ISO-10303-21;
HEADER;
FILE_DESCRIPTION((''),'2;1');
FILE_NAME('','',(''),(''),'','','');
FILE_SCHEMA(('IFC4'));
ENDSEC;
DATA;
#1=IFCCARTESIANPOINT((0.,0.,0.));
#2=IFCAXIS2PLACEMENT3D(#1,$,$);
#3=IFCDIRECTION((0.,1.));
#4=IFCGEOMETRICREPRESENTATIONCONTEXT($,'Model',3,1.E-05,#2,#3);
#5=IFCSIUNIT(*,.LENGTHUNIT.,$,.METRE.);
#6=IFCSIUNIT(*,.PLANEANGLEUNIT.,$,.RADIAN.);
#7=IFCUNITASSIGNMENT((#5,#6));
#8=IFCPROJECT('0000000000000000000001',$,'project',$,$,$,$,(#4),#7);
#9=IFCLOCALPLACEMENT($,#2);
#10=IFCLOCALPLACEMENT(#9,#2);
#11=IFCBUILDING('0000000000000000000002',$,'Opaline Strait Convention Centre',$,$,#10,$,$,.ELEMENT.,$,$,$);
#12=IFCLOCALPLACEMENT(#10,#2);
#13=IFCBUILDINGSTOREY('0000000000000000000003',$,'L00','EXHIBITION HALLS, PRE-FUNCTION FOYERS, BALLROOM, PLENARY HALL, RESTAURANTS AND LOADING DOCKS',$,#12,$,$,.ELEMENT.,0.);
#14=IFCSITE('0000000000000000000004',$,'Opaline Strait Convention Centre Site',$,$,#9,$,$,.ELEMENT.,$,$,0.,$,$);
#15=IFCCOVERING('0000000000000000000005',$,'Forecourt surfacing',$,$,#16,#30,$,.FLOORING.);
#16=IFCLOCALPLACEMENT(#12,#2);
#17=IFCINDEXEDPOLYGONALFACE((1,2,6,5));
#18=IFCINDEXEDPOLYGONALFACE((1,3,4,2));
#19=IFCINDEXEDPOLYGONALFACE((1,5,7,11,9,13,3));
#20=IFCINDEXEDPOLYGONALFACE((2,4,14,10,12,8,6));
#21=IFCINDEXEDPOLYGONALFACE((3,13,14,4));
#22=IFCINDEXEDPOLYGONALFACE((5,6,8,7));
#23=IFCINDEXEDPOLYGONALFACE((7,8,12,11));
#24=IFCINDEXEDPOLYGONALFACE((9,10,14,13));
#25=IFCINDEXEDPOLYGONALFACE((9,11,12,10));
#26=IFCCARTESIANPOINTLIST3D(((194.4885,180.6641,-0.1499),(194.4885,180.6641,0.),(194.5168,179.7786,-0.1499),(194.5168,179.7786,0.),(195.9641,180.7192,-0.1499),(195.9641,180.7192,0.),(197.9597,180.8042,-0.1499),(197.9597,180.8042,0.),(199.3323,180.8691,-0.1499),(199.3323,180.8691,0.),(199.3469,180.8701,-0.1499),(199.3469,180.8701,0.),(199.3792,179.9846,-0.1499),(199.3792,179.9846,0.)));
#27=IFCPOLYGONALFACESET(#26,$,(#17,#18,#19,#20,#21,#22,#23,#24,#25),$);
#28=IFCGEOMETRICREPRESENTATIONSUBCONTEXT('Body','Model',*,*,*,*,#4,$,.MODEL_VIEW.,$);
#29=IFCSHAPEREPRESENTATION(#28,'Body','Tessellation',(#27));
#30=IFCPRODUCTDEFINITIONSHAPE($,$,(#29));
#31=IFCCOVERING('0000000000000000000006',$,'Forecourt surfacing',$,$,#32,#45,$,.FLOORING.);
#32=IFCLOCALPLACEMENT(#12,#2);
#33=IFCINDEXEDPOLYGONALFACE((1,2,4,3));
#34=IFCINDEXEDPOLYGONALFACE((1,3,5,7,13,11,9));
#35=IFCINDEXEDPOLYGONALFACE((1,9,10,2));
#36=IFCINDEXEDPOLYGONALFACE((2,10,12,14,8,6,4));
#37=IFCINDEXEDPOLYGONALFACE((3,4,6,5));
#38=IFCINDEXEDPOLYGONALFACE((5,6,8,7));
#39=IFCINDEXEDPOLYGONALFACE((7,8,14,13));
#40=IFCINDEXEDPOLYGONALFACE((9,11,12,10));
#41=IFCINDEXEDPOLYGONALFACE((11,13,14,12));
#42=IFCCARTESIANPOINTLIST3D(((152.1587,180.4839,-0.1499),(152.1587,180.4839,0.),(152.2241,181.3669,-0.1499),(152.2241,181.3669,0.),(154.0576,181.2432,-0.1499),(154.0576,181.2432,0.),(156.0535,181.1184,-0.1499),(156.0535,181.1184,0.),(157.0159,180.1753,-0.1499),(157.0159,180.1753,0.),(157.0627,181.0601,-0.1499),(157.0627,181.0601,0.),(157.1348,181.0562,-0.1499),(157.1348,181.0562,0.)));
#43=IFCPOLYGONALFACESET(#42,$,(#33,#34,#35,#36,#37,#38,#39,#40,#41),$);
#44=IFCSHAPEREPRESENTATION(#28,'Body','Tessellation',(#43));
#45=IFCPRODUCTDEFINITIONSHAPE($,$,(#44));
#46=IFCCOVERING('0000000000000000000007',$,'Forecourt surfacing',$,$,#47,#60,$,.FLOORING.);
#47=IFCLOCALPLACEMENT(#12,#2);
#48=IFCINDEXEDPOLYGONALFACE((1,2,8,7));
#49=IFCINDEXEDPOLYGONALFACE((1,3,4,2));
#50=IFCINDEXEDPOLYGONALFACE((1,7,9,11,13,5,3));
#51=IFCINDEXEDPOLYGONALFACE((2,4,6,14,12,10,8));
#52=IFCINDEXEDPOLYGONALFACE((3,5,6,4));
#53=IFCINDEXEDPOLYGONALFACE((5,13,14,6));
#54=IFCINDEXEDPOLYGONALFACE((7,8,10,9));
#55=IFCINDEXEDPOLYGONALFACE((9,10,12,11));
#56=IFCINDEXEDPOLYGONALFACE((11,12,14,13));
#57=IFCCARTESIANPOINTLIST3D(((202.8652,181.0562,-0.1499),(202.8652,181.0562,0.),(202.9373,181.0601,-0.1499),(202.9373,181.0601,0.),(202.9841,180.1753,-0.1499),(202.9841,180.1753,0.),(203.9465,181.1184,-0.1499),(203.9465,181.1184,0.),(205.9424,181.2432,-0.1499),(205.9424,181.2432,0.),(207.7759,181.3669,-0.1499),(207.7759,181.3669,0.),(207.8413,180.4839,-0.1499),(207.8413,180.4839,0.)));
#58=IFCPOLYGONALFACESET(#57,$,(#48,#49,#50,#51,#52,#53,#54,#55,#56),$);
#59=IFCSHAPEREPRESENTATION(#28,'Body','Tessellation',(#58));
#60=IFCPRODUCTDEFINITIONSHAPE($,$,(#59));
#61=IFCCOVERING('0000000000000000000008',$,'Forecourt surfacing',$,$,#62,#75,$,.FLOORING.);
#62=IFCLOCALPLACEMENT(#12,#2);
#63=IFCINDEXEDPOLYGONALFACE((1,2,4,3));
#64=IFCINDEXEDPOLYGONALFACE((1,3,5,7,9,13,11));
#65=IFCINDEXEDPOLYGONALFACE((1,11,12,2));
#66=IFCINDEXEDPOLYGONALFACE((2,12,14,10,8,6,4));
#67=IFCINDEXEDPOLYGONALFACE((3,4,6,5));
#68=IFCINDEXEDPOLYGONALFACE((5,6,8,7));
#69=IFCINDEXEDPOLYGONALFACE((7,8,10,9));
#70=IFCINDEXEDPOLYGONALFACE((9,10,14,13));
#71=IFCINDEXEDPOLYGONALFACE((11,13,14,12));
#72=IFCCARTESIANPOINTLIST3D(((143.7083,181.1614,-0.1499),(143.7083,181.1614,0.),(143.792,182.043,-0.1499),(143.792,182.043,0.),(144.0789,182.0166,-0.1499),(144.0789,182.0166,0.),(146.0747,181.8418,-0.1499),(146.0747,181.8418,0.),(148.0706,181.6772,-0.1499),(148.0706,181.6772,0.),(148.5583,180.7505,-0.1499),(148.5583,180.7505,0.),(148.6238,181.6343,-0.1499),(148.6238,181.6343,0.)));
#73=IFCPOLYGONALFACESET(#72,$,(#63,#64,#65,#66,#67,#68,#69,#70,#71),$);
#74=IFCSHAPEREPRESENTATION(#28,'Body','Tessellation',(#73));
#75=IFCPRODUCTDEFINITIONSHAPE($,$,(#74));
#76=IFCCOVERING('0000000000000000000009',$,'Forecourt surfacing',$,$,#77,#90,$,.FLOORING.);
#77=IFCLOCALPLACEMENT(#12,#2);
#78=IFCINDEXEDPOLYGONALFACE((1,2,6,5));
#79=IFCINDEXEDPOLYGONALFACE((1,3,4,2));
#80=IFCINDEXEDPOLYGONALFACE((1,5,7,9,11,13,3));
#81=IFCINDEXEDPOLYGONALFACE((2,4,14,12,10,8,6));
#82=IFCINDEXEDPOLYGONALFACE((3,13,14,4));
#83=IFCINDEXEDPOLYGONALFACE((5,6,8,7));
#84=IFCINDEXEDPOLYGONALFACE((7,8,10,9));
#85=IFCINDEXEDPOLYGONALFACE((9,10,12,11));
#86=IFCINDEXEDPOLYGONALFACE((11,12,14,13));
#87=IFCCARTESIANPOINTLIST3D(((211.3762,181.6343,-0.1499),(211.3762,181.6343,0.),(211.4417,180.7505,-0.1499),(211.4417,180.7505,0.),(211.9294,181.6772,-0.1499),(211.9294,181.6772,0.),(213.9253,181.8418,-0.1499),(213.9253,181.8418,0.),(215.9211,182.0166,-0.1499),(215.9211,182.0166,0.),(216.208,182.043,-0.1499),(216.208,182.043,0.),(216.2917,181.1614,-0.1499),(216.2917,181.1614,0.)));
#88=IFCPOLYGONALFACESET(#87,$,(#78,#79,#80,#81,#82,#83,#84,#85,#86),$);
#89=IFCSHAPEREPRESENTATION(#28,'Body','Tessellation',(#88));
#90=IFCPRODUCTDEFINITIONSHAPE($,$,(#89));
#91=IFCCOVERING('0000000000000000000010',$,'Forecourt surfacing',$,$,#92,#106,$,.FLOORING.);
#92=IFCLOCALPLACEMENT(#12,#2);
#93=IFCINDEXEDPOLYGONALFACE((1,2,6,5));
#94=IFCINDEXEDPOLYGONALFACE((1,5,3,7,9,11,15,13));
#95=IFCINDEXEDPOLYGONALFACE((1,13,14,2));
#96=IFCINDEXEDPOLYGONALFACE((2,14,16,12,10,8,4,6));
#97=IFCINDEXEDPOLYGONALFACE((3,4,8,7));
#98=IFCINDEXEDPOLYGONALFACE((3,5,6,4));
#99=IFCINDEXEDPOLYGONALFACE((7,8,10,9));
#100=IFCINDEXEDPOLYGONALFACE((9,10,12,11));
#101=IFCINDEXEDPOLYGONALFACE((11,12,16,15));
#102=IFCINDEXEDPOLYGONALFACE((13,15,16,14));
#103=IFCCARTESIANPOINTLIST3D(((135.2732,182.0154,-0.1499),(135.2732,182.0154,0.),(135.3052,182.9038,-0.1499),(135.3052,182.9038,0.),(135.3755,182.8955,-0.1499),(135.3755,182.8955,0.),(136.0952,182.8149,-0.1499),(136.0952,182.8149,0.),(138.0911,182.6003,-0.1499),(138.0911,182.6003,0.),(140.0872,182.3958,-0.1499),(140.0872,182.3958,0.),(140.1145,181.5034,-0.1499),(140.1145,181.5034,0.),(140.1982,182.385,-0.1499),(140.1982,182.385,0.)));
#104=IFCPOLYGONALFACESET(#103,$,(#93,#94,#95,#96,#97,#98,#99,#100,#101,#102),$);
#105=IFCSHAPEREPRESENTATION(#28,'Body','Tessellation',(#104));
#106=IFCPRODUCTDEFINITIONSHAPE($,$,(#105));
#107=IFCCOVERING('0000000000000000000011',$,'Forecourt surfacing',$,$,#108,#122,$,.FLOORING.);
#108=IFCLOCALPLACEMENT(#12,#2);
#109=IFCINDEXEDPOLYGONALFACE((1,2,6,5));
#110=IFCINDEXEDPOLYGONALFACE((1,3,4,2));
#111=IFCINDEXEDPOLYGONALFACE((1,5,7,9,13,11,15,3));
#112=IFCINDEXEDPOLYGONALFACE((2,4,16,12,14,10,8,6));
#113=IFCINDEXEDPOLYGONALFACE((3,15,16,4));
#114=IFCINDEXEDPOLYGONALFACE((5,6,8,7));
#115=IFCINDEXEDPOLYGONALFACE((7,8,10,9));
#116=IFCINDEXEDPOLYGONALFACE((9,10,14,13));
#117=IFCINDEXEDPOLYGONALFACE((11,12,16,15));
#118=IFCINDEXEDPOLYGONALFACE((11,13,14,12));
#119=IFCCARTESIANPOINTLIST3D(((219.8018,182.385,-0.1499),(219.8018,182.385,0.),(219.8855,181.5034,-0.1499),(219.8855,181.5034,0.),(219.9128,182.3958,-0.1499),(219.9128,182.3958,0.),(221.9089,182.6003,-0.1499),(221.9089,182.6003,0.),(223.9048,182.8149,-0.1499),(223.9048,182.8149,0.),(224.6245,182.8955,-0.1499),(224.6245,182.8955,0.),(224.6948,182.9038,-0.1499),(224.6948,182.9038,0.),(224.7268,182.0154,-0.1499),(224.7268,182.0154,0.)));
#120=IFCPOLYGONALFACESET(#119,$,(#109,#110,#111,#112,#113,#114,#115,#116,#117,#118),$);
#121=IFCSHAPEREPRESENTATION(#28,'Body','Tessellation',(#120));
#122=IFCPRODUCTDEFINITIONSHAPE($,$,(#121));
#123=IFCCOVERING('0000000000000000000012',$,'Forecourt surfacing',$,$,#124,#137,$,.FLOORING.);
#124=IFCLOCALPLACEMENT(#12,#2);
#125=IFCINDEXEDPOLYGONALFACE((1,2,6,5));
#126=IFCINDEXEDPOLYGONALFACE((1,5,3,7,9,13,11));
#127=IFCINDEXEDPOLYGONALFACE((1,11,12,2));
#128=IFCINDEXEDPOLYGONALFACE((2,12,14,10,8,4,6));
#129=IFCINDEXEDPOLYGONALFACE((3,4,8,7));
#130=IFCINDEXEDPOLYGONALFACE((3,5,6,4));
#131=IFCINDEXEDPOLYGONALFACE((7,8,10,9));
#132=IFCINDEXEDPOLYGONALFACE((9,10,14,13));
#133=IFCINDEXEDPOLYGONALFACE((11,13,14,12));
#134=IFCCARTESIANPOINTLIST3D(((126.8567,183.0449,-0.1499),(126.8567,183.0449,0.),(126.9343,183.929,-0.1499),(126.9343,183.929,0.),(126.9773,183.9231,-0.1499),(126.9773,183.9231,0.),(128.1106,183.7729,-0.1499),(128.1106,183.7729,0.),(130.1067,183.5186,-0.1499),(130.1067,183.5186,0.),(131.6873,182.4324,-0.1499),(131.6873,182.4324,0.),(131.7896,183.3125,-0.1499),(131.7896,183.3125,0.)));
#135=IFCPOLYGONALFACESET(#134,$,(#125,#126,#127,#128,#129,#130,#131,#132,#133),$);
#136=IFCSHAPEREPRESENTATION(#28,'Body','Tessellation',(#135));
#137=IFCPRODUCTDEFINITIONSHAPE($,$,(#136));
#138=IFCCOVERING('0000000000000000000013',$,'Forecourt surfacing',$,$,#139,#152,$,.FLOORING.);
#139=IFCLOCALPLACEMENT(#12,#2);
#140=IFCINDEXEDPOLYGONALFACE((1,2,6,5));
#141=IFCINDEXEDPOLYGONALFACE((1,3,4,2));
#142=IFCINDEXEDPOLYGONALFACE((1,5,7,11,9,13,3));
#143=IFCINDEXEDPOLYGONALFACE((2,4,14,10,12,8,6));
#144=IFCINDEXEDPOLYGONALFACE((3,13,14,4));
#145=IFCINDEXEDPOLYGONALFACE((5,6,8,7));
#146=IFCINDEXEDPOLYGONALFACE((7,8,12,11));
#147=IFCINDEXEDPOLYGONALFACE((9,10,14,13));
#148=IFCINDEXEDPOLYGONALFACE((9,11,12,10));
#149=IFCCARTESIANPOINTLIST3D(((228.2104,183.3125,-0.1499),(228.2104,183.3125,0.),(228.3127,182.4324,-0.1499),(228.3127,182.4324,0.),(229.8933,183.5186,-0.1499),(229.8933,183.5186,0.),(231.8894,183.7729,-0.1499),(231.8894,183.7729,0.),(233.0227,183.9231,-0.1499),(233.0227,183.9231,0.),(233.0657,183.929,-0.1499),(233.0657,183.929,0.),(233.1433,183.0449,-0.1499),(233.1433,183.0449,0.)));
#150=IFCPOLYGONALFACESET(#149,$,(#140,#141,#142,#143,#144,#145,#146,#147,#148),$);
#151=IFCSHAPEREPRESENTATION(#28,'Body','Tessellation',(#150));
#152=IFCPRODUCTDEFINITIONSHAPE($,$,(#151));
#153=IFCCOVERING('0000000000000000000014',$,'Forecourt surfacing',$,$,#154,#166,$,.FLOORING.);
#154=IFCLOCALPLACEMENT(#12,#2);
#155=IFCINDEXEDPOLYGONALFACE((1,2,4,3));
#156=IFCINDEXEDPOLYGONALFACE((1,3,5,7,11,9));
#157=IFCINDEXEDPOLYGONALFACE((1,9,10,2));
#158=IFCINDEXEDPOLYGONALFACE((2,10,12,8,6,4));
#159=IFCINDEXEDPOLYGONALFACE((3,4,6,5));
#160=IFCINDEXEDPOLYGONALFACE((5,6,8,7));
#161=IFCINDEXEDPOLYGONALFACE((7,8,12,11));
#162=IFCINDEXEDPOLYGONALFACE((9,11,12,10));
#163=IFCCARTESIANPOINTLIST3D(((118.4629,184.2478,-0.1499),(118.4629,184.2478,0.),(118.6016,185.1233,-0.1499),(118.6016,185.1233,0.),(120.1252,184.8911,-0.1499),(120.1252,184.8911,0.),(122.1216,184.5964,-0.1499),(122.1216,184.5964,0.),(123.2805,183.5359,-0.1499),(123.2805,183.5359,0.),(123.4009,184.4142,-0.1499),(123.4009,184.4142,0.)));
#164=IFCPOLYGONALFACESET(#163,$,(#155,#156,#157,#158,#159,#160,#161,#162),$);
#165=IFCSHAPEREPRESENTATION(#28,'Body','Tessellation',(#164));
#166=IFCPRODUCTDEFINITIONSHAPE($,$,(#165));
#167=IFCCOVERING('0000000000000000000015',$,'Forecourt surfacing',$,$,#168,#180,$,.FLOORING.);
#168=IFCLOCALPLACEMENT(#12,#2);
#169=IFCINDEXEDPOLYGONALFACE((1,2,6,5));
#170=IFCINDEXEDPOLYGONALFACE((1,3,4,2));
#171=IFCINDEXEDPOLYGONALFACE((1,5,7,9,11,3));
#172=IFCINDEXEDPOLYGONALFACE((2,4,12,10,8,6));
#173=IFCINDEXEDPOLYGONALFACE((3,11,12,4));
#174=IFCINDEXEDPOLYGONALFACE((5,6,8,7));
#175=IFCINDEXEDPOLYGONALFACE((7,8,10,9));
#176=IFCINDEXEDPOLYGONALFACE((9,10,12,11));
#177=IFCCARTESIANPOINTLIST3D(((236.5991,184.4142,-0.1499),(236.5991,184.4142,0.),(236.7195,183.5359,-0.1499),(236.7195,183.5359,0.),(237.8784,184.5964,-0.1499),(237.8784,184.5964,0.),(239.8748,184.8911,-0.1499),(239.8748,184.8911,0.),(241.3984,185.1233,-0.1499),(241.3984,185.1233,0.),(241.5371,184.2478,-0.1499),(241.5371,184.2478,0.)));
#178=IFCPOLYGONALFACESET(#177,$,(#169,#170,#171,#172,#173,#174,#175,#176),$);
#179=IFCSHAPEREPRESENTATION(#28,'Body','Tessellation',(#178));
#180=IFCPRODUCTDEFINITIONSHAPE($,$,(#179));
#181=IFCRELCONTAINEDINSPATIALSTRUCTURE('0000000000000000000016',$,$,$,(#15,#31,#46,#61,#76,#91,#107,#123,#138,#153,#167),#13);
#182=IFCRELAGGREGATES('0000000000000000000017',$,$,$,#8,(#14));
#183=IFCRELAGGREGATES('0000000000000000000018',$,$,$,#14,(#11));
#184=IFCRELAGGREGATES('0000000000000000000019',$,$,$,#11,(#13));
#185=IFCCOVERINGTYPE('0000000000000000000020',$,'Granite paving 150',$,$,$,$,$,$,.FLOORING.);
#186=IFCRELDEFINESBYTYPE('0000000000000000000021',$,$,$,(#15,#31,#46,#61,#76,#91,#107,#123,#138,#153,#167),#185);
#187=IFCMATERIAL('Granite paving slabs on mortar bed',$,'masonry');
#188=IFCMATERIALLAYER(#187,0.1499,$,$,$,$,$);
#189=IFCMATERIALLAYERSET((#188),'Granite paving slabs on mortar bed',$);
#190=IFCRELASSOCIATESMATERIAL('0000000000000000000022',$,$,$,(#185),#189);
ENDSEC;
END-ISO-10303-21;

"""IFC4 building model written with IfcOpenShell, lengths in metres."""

from ifc_helpers import new_model, si_unit, direction, frame, origin, place, context, subcontext, project, spatial, polyline, outline, extrude, material, layer, layer_set, type_object, element, save


model = new_model("IFC4")

# Units and contexts
model_context = context("Model", 3, precision=1e-05, world=origin(), true_north=direction((0.0, 1.0)))
body_context = subcontext(model_context, "Body", "Model", "MODEL_VIEW")
ifc_project = project(units=[si_unit("LENGTHUNIT", "METRE"), si_unit("PLANEANGLEUNIT", "RADIAN")], contexts=[model_context])

# Site, building, storey
site_placement = place(None, origin())
site = spatial("IfcSite", under=ifc_project, at=site_placement, Name="Opaline Strait Convention Centre Site", CompositionType="ELEMENT", RefElevation=0.0)
building_placement = place(site_placement, origin())
building = spatial("IfcBuilding", under=site, at=building_placement, Name="Opaline Strait Convention Centre", CompositionType="ELEMENT")
storey_placement = place(building_placement, origin())
storey = spatial("IfcBuildingStorey", under=building, at=storey_placement, Name="L00", Description="EXHIBITION HALLS, PRE-FUNCTION FOYERS, BALLROOM, PLENARY HALL, RESTAURANTS AND LOADING DOCKS", CompositionType="ELEMENT", Elevation=0.0)

# Coverings
ifc_material = material(Name="Granite paving slabs on mortar bed", Category="masonry")
ifc_layer = layer(ifc_material, 0.1499)
ifc_layer_set = layer_set([ifc_layer], Name="Granite paving slabs on mortar bed")
covering_type = type_object("IfcCoveringType", Name="Granite paving 150", PredefinedType="FLOORING", material=ifc_layer_set)
covering_1_placement = place(storey_placement, frame((0.0, 0.0, -0.1499)))
element("IfcCovering", 1, at=covering_1_placement, inside=storey, type_object=covering_type, Name="Forecourt surfacing", PredefinedType="FLOORING", context=body_context, shape_type="SweptSolid", body=[
    extrude(outline(polyline([(194.4885, 180.6641), (194.5168, 179.7786), (199.3792, 179.9846), (199.3323, 180.8691), (199.3469, 180.8701), (197.9597, 180.8042), (195.9641, 180.7192), (194.4885, 180.6641)])), origin(), (0.0, 0.0, 1.0), 0.1499),
])
covering_2_placement = place(storey_placement, frame((0.0, 0.0, -0.1499)))
element("IfcCovering", 2, at=covering_2_placement, inside=storey, type_object=covering_type, Name="Forecourt surfacing", PredefinedType="FLOORING", context=body_context, shape_type="SweptSolid", body=[
    extrude(outline(polyline([(152.2241, 181.3669), (152.1587, 180.4839), (157.0159, 180.1753), (157.0627, 181.0601), (157.1348, 181.0562), (156.0535, 181.1184), (154.0576, 181.2432), (152.2241, 181.3669)])), origin(), (0.0, 0.0, 1.0), 0.1499),
])
covering_3_placement = place(storey_placement, frame((0.0, 0.0, -0.1499)))
element("IfcCovering", 3, at=covering_3_placement, inside=storey, type_object=covering_type, Name="Forecourt surfacing", PredefinedType="FLOORING", context=body_context, shape_type="SweptSolid", body=[
    extrude(outline(polyline([(202.9373, 181.0601), (202.9841, 180.1753), (207.8413, 180.4839), (207.7759, 181.3669), (205.9424, 181.2432), (203.9465, 181.1184), (202.8652, 181.0562), (202.9373, 181.0601)])), origin(), (0.0, 0.0, 1.0), 0.1499),
])
covering_4_placement = place(storey_placement, frame((0.0, 0.0, -0.1499)))
element("IfcCovering", 4, at=covering_4_placement, inside=storey, type_object=covering_type, Name="Forecourt surfacing", PredefinedType="FLOORING", context=body_context, shape_type="SweptSolid", body=[
    extrude(outline(polyline([(143.792, 182.043), (143.7083, 181.1614), (148.5583, 180.7505), (148.6238, 181.6343), (148.0706, 181.6772), (146.0747, 181.8418), (144.0789, 182.0166), (143.792, 182.043)])), origin(), (0.0, 0.0, 1.0), 0.1499),
])
covering_5_placement = place(storey_placement, frame((0.0, 0.0, -0.1499)))
element("IfcCovering", 5, at=covering_5_placement, inside=storey, type_object=covering_type, Name="Forecourt surfacing", PredefinedType="FLOORING", context=body_context, shape_type="SweptSolid", body=[
    extrude(outline(polyline([(211.3762, 181.6343), (211.4417, 180.7505), (216.2917, 181.1614), (216.208, 182.043), (215.9211, 182.0166), (213.9253, 181.8418), (211.9294, 181.6772), (211.3762, 181.6343)])), origin(), (0.0, 0.0, 1.0), 0.1499),
])
covering_6_placement = place(storey_placement, frame((0.0, 0.0, -0.1499)))
element("IfcCovering", 6, at=covering_6_placement, inside=storey, type_object=covering_type, Name="Forecourt surfacing", PredefinedType="FLOORING", context=body_context, shape_type="SweptSolid", body=[
    extrude(outline(polyline([(135.3755, 182.8955), (135.2732, 182.0154), (140.1145, 181.5034), (140.1982, 182.385), (140.0872, 182.3958), (138.0911, 182.6003), (136.0952, 182.8149), (135.3052, 182.9038), (135.3755, 182.8955)])), origin(), (0.0, 0.0, 1.0), 0.1499),
])
covering_7_placement = place(storey_placement, frame((0.0, 0.0, -0.1499)))
element("IfcCovering", 7, at=covering_7_placement, inside=storey, type_object=covering_type, Name="Forecourt surfacing", PredefinedType="FLOORING", context=body_context, shape_type="SweptSolid", body=[
    extrude(outline(polyline([(219.8018, 182.385), (219.8855, 181.5034), (224.7268, 182.0154), (224.6245, 182.8955), (224.6948, 182.9038), (223.9048, 182.8149), (221.9089, 182.6003), (219.9128, 182.3958), (219.8018, 182.385)])), origin(), (0.0, 0.0, 1.0), 0.1499),
])
covering_8_placement = place(storey_placement, frame((0.0, 0.0, -0.1499)))
element("IfcCovering", 8, at=covering_8_placement, inside=storey, type_object=covering_type, Name="Forecourt surfacing", PredefinedType="FLOORING", context=body_context, shape_type="SweptSolid", body=[
    extrude(outline(polyline([(126.9773, 183.9231), (126.8567, 183.0449), (131.6873, 182.4324), (131.7896, 183.3125), (130.1067, 183.5186), (128.1106, 183.7729), (126.9343, 183.929), (126.9773, 183.9231)])), origin(), (0.0, 0.0, 1.0), 0.1499),
])
covering_9_placement = place(storey_placement, frame((0.0, 0.0, -0.1499)))
element("IfcCovering", 9, at=covering_9_placement, inside=storey, type_object=covering_type, Name="Forecourt surfacing", PredefinedType="FLOORING", context=body_context, shape_type="SweptSolid", body=[
    extrude(outline(polyline([(228.2104, 183.3125), (228.3127, 182.4324), (233.1433, 183.0449), (233.0227, 183.9231), (233.0657, 183.929), (231.8894, 183.7729), (229.8933, 183.5186), (228.2104, 183.3125)])), origin(), (0.0, 0.0, 1.0), 0.1499),
])
covering_10_placement = place(storey_placement, frame((0.0, 0.0, -0.1499)))
element("IfcCovering", 10, at=covering_10_placement, inside=storey, type_object=covering_type, Name="Forecourt surfacing", PredefinedType="FLOORING", context=body_context, shape_type="SweptSolid", body=[
    extrude(outline(polyline([(118.6016, 185.1233), (118.4629, 184.2478), (123.2805, 183.5359), (123.4009, 184.4141), (123.4341, 184.4094), (122.1216, 184.5964), (120.1252, 184.8911), (118.6016, 185.1233)])), origin(), (0.0, 0.0, 1.0), 0.1499),
])
covering_11_placement = place(storey_placement, frame((0.0, 0.0, -0.1499)))
element("IfcCovering", 11, at=covering_11_placement, inside=storey, type_object=covering_type, Name="Forecourt surfacing", PredefinedType="FLOORING", context=body_context, shape_type="SweptSolid", body=[
    extrude(outline(polyline([(236.5991, 184.4141), (236.7195, 183.5359), (241.5371, 184.2478), (241.3984, 185.1233), (239.8748, 184.8911), (237.8784, 184.5964), (236.5659, 184.4094), (236.5991, 184.4141)])), origin(), (0.0, 0.0, 1.0), 0.1499),
])

save(model, "model.ifc")
